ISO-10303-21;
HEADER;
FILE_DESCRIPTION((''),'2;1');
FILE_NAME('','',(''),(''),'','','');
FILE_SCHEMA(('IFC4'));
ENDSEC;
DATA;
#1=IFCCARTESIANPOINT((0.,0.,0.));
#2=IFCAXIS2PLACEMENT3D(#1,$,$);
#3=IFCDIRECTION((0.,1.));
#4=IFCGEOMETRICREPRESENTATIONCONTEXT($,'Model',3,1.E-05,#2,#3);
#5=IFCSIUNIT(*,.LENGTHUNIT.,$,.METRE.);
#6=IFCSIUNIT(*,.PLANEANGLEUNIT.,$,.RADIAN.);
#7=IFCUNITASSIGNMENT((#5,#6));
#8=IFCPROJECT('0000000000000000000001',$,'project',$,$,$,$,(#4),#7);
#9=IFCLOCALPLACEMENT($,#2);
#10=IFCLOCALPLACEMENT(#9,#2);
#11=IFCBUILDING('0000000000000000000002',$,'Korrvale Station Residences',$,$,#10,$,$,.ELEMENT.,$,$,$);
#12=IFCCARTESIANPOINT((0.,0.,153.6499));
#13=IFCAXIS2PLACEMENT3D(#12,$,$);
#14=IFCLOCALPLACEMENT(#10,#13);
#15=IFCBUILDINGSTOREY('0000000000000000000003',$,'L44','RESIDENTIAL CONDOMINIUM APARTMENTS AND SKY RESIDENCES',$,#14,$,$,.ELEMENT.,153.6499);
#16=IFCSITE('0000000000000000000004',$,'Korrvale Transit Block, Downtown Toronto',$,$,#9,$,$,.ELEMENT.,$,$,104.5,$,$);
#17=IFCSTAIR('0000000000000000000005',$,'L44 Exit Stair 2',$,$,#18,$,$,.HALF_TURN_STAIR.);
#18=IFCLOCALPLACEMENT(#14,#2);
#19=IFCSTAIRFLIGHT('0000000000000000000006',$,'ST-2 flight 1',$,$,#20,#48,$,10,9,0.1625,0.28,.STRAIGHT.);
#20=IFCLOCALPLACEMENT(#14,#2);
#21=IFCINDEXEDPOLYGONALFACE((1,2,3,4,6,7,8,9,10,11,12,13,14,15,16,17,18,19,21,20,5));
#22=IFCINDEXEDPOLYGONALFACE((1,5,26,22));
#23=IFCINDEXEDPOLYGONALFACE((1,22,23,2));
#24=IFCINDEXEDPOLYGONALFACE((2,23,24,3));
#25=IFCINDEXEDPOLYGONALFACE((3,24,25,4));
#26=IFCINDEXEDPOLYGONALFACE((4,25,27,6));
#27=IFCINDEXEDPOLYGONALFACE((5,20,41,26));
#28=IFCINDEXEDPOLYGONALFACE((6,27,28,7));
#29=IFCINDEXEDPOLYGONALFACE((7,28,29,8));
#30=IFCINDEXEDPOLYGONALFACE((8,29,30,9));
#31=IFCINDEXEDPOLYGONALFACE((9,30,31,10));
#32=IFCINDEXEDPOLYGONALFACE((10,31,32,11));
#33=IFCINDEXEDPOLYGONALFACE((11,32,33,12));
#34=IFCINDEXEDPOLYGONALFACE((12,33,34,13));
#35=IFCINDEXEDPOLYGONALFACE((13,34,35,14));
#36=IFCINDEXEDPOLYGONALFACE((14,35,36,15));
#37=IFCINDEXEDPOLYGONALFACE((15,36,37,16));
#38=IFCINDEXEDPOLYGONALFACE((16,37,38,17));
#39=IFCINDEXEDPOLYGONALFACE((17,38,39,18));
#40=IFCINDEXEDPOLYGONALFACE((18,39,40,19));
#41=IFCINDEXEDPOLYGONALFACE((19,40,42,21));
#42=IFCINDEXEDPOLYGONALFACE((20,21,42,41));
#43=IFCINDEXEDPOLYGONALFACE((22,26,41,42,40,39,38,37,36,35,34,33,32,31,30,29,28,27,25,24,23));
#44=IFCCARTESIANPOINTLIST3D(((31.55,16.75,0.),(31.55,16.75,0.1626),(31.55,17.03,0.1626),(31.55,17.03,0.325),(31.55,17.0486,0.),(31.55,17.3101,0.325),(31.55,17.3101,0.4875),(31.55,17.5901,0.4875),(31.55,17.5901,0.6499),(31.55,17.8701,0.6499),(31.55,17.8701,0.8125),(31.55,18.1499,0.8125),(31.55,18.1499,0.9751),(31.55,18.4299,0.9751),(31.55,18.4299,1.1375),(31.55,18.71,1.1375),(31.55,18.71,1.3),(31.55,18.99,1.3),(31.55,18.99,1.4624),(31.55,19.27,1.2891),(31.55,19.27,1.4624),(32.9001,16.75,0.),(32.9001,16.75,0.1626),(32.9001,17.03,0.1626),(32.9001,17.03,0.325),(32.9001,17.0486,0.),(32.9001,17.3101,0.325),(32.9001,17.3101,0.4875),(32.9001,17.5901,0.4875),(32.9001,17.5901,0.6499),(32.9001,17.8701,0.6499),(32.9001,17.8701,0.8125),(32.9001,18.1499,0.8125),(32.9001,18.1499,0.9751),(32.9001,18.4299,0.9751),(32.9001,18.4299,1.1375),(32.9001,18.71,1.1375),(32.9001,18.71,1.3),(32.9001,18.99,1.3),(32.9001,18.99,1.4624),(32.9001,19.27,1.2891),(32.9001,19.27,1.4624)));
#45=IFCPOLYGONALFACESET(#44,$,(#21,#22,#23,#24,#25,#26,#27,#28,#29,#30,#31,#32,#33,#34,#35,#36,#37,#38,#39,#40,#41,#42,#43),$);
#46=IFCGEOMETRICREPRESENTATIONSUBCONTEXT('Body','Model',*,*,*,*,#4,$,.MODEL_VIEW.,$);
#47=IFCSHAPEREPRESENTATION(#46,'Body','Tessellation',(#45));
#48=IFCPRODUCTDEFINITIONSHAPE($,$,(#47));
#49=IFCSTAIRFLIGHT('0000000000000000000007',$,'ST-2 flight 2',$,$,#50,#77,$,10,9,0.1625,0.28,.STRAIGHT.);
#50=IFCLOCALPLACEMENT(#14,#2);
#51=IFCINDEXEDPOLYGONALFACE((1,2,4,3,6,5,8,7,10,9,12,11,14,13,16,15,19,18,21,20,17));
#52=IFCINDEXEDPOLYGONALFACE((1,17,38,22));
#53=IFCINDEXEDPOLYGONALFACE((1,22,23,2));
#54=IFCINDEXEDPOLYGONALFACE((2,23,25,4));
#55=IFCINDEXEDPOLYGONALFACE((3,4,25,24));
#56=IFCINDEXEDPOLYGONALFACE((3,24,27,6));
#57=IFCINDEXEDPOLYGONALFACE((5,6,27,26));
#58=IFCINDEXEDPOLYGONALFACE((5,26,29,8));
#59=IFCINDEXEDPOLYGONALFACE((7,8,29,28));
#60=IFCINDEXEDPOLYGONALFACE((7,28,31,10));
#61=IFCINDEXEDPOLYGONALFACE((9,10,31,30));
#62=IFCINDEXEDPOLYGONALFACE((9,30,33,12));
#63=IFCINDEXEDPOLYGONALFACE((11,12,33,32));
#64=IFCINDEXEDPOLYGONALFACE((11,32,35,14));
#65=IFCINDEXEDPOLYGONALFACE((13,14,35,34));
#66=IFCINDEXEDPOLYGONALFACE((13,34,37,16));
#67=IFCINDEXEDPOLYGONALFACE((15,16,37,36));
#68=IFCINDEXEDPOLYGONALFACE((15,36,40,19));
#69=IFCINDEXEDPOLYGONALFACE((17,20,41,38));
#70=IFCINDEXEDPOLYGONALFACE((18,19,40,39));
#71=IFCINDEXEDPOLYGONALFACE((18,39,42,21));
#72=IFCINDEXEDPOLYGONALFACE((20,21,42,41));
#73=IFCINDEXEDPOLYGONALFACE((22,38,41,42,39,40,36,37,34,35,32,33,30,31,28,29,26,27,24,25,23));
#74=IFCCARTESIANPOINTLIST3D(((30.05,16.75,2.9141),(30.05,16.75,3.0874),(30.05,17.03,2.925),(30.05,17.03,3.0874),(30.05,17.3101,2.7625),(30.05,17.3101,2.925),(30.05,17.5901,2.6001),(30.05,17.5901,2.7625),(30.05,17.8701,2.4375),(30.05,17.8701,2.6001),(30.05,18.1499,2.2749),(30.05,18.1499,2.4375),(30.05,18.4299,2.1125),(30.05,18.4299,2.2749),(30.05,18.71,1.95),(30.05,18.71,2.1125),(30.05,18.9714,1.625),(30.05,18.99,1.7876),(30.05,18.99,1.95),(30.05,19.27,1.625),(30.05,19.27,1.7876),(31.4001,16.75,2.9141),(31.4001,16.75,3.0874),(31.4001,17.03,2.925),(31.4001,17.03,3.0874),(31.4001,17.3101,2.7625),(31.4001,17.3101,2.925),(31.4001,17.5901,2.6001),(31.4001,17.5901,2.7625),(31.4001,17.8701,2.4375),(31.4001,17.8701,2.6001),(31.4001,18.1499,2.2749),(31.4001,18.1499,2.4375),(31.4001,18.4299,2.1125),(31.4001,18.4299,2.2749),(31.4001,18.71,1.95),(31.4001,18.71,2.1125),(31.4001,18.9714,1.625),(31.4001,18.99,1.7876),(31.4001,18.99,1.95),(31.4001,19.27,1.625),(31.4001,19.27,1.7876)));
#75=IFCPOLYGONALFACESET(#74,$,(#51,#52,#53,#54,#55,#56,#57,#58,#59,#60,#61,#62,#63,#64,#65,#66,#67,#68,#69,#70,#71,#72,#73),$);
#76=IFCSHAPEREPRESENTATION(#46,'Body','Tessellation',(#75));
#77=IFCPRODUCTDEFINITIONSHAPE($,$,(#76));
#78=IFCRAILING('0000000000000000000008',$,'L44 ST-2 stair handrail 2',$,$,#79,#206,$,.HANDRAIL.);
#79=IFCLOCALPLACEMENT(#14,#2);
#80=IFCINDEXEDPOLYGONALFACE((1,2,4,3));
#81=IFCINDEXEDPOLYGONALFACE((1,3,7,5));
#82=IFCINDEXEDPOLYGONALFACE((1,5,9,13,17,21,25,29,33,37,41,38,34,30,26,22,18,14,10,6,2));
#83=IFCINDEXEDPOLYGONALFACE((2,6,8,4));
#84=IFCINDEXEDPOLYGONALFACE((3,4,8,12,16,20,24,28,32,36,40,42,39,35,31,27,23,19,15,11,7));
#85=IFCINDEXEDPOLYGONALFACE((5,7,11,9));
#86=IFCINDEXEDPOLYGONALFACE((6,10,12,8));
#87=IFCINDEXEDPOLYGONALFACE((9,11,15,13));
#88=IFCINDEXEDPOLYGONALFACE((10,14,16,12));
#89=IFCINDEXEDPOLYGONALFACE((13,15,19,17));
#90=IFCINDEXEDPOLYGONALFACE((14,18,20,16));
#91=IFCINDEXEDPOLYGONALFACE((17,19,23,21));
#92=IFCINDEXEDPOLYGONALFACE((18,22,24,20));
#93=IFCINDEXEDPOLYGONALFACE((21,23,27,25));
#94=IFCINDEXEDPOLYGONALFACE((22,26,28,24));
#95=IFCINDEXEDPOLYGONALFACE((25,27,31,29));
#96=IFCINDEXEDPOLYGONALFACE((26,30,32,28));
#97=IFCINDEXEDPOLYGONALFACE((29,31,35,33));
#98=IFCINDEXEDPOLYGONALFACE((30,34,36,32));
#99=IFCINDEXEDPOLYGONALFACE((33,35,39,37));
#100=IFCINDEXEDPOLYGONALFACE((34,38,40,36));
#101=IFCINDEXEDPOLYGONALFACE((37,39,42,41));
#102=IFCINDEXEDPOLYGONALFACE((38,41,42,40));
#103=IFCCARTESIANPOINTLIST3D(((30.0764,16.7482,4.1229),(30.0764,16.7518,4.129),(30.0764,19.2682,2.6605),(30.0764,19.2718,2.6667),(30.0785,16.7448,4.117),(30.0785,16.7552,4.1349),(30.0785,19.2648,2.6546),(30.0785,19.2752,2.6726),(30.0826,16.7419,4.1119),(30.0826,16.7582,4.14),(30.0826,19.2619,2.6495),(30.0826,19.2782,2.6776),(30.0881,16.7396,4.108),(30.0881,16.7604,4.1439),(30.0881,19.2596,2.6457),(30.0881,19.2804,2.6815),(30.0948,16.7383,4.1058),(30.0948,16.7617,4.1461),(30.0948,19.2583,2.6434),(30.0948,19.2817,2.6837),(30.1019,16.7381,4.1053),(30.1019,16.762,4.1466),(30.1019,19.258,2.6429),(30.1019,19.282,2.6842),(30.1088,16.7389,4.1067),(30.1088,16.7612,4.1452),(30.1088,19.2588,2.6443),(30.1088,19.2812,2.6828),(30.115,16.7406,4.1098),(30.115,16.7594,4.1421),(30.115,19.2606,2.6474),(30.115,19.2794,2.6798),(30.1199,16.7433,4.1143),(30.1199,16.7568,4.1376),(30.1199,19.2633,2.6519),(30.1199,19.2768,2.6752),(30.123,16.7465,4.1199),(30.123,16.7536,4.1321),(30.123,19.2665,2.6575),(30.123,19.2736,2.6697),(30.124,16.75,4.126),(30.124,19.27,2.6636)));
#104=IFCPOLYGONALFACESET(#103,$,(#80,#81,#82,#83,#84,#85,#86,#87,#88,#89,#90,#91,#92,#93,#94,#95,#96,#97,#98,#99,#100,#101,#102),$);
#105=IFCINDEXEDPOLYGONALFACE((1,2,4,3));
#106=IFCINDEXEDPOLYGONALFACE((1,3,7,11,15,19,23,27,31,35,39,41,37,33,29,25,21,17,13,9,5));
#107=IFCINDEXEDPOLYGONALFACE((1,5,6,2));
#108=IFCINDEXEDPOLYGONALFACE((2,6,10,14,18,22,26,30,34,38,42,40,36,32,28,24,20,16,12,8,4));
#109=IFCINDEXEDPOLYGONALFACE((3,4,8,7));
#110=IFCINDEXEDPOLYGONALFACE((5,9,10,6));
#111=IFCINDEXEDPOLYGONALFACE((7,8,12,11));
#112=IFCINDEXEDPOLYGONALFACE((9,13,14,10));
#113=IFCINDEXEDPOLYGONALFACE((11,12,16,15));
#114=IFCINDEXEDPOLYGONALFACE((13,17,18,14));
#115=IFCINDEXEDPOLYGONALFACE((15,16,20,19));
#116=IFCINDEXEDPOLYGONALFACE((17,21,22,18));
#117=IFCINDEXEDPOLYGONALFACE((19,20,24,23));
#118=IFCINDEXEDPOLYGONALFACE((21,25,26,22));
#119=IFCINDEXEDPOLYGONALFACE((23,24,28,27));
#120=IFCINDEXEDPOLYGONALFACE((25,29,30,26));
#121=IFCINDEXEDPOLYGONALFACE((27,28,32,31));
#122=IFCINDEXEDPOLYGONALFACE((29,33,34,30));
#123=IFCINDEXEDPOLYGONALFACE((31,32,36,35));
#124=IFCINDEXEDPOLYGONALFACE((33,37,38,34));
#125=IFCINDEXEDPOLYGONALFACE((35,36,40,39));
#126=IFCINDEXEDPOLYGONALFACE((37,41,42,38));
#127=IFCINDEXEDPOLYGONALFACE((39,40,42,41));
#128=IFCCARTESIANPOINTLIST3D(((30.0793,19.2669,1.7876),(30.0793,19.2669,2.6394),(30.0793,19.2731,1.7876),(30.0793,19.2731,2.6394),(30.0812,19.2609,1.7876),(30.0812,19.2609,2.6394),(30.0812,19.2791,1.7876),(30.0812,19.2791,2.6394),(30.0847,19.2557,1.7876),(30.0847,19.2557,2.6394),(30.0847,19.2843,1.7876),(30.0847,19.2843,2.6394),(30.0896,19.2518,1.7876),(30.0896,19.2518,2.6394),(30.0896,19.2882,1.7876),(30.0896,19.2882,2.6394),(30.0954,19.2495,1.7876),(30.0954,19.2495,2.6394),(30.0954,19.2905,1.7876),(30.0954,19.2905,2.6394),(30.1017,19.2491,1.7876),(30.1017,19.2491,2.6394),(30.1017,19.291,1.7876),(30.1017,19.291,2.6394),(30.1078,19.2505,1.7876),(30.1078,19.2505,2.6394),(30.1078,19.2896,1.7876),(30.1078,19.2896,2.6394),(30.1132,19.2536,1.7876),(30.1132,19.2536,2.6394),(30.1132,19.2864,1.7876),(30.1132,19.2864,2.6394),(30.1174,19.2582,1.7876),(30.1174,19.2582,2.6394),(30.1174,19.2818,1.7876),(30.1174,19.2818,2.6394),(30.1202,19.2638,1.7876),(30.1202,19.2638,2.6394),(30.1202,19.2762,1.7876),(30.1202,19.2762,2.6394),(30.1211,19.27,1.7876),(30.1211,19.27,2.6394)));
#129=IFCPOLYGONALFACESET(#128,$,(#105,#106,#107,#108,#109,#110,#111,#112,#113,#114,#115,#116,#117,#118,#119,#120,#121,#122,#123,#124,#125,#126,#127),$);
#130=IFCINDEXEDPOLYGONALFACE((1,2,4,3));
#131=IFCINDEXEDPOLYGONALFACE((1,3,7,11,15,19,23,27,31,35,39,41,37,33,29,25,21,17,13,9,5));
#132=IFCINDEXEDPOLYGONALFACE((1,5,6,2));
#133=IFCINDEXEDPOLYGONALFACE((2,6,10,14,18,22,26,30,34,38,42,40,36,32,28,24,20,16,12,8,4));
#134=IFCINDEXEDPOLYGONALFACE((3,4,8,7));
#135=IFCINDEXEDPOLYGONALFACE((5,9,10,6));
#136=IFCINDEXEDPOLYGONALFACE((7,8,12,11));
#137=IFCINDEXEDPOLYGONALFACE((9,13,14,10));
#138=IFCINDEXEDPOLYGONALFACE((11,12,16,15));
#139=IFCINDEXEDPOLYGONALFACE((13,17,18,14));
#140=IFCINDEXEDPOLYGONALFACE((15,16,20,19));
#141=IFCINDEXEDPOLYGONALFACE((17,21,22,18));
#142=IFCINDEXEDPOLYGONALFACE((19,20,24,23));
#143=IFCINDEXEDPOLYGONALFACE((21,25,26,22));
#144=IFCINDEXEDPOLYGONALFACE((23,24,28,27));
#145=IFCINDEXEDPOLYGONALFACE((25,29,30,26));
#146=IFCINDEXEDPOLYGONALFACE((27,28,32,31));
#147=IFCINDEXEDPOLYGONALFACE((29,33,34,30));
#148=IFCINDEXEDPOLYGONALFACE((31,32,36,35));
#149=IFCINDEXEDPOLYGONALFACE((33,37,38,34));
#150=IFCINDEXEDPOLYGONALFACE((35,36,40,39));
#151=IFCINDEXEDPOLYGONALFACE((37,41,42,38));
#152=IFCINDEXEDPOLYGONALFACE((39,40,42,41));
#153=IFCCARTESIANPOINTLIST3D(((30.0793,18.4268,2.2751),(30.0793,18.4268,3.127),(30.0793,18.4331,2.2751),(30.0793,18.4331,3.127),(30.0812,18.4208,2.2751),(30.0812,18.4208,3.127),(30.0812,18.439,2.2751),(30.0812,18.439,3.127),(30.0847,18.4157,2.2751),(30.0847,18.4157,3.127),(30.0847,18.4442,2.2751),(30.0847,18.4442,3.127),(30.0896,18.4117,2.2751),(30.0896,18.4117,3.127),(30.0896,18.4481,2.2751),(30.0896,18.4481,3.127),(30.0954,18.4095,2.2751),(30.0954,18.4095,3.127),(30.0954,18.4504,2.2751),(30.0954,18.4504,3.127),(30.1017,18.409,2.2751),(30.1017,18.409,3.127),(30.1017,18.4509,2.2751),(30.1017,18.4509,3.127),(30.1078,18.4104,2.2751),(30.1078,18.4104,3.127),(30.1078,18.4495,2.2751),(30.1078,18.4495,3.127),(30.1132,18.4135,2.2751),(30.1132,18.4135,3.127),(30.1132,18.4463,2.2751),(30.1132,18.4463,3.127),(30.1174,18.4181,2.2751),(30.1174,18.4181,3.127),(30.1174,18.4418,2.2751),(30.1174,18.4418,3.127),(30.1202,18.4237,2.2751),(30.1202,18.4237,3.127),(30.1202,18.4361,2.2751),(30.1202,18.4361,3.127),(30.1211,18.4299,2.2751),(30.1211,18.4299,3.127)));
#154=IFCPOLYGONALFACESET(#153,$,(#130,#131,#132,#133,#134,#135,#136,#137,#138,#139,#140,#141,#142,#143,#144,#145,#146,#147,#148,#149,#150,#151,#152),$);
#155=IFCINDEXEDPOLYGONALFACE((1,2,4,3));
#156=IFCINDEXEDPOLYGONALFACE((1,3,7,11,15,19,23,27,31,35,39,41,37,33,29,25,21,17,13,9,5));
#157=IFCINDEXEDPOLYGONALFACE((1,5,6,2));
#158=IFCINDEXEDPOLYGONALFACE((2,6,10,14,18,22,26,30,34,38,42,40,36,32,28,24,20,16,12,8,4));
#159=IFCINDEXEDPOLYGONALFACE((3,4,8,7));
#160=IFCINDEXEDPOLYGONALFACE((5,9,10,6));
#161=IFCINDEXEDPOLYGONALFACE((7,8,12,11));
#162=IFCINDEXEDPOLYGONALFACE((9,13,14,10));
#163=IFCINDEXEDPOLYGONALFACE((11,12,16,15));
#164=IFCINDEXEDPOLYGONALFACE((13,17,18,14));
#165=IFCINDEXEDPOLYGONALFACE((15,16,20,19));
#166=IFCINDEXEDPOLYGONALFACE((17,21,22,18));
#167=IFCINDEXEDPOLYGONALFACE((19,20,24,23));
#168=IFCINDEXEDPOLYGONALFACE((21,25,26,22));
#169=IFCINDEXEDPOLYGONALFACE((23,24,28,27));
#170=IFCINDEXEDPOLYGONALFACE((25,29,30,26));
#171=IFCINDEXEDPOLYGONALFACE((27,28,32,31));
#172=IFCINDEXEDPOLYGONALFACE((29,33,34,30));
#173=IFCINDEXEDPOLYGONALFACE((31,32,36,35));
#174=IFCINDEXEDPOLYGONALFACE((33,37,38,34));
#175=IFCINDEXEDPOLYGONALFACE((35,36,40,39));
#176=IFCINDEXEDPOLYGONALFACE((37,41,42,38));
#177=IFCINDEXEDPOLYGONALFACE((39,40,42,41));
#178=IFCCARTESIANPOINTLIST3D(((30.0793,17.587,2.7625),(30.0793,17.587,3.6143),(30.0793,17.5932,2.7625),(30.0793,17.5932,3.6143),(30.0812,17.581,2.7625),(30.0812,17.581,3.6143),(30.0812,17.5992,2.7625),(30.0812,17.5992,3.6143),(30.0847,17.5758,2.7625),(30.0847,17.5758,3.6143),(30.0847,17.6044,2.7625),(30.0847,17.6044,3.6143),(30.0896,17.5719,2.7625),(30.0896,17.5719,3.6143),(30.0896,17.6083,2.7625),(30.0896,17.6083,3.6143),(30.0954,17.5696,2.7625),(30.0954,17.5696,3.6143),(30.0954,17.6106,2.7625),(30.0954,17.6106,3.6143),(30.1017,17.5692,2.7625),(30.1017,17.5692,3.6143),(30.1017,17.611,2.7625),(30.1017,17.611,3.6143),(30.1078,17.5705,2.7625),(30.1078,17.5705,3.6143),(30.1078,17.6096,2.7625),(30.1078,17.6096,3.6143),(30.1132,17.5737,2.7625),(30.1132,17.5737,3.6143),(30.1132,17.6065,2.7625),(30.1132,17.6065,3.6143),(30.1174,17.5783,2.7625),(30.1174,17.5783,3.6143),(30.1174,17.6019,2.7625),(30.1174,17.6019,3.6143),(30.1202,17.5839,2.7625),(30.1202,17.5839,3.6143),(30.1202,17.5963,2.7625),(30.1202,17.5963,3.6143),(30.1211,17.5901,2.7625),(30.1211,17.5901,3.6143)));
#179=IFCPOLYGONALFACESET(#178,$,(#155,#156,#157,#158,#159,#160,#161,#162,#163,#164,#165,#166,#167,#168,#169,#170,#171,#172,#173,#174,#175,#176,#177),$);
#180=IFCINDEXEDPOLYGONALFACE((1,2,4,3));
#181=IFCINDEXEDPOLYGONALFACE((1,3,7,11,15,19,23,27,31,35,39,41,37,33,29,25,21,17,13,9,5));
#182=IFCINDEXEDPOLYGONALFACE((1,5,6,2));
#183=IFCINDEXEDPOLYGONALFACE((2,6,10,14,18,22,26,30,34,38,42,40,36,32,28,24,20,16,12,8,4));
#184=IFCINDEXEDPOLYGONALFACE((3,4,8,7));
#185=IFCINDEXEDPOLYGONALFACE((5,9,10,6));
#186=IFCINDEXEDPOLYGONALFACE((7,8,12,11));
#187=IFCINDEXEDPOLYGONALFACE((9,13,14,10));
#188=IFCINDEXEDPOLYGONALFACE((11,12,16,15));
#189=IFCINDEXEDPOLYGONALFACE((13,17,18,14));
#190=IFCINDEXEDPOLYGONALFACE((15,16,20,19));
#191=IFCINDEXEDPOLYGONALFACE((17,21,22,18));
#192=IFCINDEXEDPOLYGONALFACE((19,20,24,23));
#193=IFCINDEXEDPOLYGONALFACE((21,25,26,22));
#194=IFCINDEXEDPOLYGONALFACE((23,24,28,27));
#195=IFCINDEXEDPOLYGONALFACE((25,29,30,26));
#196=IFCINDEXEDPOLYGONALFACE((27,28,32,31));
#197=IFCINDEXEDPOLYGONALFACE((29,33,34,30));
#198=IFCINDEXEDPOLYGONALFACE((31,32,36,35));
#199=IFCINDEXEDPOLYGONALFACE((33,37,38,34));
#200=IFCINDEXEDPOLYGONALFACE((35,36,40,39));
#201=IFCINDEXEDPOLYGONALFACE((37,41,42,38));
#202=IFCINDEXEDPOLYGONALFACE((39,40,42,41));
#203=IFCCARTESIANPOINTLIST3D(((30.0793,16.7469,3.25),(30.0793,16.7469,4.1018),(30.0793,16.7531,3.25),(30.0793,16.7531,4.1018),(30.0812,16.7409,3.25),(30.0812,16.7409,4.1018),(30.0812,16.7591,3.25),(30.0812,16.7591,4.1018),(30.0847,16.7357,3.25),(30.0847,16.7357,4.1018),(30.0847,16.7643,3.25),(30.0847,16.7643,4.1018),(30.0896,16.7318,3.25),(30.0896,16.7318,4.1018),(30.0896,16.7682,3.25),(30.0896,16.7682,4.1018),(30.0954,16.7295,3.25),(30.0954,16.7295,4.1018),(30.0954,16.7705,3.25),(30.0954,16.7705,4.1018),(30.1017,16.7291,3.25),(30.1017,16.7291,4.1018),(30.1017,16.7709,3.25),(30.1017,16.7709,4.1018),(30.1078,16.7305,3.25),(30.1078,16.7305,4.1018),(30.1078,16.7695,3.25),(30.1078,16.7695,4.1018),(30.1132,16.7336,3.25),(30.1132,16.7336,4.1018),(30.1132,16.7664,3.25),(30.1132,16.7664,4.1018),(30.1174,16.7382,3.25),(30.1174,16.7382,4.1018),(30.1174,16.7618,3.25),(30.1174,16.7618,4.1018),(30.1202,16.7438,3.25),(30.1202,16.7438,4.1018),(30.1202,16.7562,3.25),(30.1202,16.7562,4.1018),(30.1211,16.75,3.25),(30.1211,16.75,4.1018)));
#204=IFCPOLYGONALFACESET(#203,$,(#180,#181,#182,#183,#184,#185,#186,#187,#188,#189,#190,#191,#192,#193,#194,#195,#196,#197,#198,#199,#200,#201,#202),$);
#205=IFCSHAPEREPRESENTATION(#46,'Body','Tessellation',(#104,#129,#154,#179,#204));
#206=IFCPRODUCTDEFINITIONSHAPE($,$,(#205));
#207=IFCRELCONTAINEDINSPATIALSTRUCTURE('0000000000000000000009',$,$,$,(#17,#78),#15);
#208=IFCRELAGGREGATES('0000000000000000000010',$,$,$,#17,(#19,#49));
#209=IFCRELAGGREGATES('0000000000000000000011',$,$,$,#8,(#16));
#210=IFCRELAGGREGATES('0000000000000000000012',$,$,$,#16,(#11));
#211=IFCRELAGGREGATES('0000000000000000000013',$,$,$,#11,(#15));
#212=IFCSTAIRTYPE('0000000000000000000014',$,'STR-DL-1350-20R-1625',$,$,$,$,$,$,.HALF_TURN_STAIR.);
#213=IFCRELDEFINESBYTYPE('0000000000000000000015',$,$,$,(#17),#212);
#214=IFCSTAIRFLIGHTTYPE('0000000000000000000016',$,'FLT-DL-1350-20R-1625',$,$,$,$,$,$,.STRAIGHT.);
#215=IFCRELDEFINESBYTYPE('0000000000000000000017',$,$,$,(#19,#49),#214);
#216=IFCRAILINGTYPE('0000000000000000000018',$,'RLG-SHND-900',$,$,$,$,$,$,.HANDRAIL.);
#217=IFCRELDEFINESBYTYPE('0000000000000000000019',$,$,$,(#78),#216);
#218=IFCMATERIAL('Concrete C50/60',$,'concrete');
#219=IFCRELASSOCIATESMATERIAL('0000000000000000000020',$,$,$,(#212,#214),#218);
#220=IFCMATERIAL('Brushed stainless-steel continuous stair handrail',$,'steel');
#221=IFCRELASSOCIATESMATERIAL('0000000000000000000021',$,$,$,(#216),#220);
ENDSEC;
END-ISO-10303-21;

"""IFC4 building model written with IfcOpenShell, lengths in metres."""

from ifc_helpers import new_model, si_unit, direction, frame, origin, origin_2d, place, context, subcontext, project, spatial, polyline, circle, outline, extrude, material, type_object, element, aggregate, save


model = new_model("IFC4")

# Units and contexts
model_context = context("Model", 3, precision=1e-05, world=origin(), true_north=direction((0.0, 1.0)))
body_context = subcontext(model_context, "Body", "Model", "MODEL_VIEW")
ifc_project = project(units=[si_unit("LENGTHUNIT", "METRE"), si_unit("PLANEANGLEUNIT", "RADIAN")], contexts=[model_context])

# Site, building, storey
site_placement = place(None, origin())
site = spatial("IfcSite", under=ifc_project, at=site_placement, Name="Korrvale Transit Block, Downtown Toronto", CompositionType="ELEMENT", RefElevation=104.5)
building_placement = place(site_placement, origin())
building = spatial("IfcBuilding", under=site, at=building_placement, Name="Korrvale Station Residences", CompositionType="ELEMENT")
storey_placement = place(building_placement, frame((0.0, 0.0, 153.6499)))
storey = spatial("IfcBuildingStorey", under=building, at=storey_placement, Name="L44", Description="RESIDENTIAL CONDOMINIUM APARTMENTS AND SKY RESIDENCES", CompositionType="ELEMENT", Elevation=153.6499)

# Stair, stair flights
ifc_material_1 = material(Name="Concrete C50/60", Category="concrete")
stair_type = type_object("IfcStairType", Name="STR-DL-1350-20R-1625", PredefinedType="HALF_TURN_STAIR", material=ifc_material_1)
stair_placement = place(storey_placement, origin())
stair = element("IfcStair", 1, at=stair_placement, inside=storey, type_object=stair_type, Name="L44 Exit Stair 2", PredefinedType="HALF_TURN_STAIR")
stair_flight_type = type_object("IfcStairFlightType", Name="FLT-DL-1350-20R-1625", PredefinedType="STRAIGHT", material=ifc_material_1)
stair_flight_1_placement = place(storey_placement, frame((32.2251, 16.75, 0.0), z_axis=(0.0, 0.0, 1.0), x_axis=(0.0, 1.0, 0.0)))
stair_flight_1 = element("IfcStairFlight", 2, at=stair_flight_1_placement, type_object=stair_flight_type, Name="ST-2 flight 1", NumberOfRisers=10, NumberOfTreads=9, PredefinedType="STRAIGHT", RiserHeight=0.1625, TreadLength=0.28, context=body_context, shape_type="SweptSolid", body=[
    extrude(outline(polyline([(0.0, 0.0), (0.0, 0.1626), (0.28, 0.1626), (0.28, 0.325), (0.5601, 0.325), (0.5601, 0.4875), (0.8401, 0.4875), (0.8401, 0.6499), (1.1201, 0.6499), (1.1201, 0.8125), (1.3999, 0.8125), (1.3999, 0.9751), (1.6799, 0.9751), (1.6799, 1.1375), (1.96, 1.1375), (1.96, 1.3), (2.24, 1.3), (2.24, 1.4624), (2.52, 1.4624), (2.52, 1.625), (2.52, 1.2891), (0.2986, 0.0), (0.0, 0.0)])), frame((0.0, 0.675, 0.0), z_axis=(0.0, -1.0, 0.0), x_axis=(1.0, 0.0, 0.0)), (0.0, 0.0, 1.0), 1.3501),
])
stair_flight_2_placement = place(storey_placement, frame((30.7251, 19.27, 1.625), z_axis=(0.0, 0.0, 1.0), x_axis=(0.0, -1.0, 0.0)))
stair_flight_2 = element("IfcStairFlight", 3, at=stair_flight_2_placement, type_object=stair_flight_type, Name="ST-2 flight 2", NumberOfRisers=10, NumberOfTreads=9, PredefinedType="STRAIGHT", RiserHeight=0.1625, TreadLength=0.28, context=body_context, shape_type="SweptSolid", body=[
    extrude(outline(polyline([(0.0, 0.0), (0.0, 0.1626), (0.28, 0.1626), (0.28, 0.325), (0.5601, 0.325), (0.5601, 0.4875), (0.8401, 0.4875), (0.8401, 0.6499), (1.1201, 0.6499), (1.1201, 0.8125), (1.3999, 0.8125), (1.3999, 0.9751), (1.6799, 0.9751), (1.6799, 1.1375), (1.96, 1.1375), (1.96, 1.3), (2.24, 1.3), (2.24, 1.4624), (2.52, 1.4624), (2.52, 1.625), (2.52, 1.2891), (0.2986, 0.0), (0.0, 0.0)])), frame((0.0, 0.675, 0.0), z_axis=(0.0, -1.0, 0.0), x_axis=(1.0, 0.0, 0.0)), (0.0, 0.0, 1.0), 1.3501),
])
aggregate(stair, [stair_flight_1, stair_flight_2])

# Railing
ifc_material_2 = material(Name="Brushed stainless-steel continuous stair handrail", Category="steel")
railing_type_1 = type_object("IfcRailingType", Name="RLG-SHND-900", PredefinedType="HANDRAIL", material=ifc_material_2)
railing_1_placement = place(storey_placement, frame((30.1001, 19.27, 1.7876)))
element("IfcRailing", 4, at=railing_1_placement, inside=storey, type_object=railing_type_1, Name="L44 ST-2 stair handrail 2", PredefinedType="HANDRAIL", context=body_context, shape_type="SweptSolid", body=[
    extrude(circle(Radius=0.0239, at=origin_2d()), frame((0.0, 0.0, 0.876), z_axis=(0.0, -0.864913, 0.501921), x_axis=(1.0, 0.0, 0.0)), (0.0, 0.0, 1.0), 2.9136),
    extrude(circle(Radius=0.021, at=origin_2d()), origin(), (0.0, 0.0, 1.0), 0.8518),
    extrude(circle(Radius=0.021, at=origin_2d()), frame((0.0, -0.8401, 0.4875)), (0.0, 0.0, 1.0), 0.8518),
    extrude(circle(Radius=0.021, at=origin_2d()), frame((0.0, -1.6799, 0.9749)), (0.0, 0.0, 1.0), 0.8518),
    extrude(circle(Radius=0.021, at=origin_2d()), frame((0.0, -2.52, 1.4624)), (0.0, 0.0, 1.0), 0.8518),
])

save(model, "model.ifc")
